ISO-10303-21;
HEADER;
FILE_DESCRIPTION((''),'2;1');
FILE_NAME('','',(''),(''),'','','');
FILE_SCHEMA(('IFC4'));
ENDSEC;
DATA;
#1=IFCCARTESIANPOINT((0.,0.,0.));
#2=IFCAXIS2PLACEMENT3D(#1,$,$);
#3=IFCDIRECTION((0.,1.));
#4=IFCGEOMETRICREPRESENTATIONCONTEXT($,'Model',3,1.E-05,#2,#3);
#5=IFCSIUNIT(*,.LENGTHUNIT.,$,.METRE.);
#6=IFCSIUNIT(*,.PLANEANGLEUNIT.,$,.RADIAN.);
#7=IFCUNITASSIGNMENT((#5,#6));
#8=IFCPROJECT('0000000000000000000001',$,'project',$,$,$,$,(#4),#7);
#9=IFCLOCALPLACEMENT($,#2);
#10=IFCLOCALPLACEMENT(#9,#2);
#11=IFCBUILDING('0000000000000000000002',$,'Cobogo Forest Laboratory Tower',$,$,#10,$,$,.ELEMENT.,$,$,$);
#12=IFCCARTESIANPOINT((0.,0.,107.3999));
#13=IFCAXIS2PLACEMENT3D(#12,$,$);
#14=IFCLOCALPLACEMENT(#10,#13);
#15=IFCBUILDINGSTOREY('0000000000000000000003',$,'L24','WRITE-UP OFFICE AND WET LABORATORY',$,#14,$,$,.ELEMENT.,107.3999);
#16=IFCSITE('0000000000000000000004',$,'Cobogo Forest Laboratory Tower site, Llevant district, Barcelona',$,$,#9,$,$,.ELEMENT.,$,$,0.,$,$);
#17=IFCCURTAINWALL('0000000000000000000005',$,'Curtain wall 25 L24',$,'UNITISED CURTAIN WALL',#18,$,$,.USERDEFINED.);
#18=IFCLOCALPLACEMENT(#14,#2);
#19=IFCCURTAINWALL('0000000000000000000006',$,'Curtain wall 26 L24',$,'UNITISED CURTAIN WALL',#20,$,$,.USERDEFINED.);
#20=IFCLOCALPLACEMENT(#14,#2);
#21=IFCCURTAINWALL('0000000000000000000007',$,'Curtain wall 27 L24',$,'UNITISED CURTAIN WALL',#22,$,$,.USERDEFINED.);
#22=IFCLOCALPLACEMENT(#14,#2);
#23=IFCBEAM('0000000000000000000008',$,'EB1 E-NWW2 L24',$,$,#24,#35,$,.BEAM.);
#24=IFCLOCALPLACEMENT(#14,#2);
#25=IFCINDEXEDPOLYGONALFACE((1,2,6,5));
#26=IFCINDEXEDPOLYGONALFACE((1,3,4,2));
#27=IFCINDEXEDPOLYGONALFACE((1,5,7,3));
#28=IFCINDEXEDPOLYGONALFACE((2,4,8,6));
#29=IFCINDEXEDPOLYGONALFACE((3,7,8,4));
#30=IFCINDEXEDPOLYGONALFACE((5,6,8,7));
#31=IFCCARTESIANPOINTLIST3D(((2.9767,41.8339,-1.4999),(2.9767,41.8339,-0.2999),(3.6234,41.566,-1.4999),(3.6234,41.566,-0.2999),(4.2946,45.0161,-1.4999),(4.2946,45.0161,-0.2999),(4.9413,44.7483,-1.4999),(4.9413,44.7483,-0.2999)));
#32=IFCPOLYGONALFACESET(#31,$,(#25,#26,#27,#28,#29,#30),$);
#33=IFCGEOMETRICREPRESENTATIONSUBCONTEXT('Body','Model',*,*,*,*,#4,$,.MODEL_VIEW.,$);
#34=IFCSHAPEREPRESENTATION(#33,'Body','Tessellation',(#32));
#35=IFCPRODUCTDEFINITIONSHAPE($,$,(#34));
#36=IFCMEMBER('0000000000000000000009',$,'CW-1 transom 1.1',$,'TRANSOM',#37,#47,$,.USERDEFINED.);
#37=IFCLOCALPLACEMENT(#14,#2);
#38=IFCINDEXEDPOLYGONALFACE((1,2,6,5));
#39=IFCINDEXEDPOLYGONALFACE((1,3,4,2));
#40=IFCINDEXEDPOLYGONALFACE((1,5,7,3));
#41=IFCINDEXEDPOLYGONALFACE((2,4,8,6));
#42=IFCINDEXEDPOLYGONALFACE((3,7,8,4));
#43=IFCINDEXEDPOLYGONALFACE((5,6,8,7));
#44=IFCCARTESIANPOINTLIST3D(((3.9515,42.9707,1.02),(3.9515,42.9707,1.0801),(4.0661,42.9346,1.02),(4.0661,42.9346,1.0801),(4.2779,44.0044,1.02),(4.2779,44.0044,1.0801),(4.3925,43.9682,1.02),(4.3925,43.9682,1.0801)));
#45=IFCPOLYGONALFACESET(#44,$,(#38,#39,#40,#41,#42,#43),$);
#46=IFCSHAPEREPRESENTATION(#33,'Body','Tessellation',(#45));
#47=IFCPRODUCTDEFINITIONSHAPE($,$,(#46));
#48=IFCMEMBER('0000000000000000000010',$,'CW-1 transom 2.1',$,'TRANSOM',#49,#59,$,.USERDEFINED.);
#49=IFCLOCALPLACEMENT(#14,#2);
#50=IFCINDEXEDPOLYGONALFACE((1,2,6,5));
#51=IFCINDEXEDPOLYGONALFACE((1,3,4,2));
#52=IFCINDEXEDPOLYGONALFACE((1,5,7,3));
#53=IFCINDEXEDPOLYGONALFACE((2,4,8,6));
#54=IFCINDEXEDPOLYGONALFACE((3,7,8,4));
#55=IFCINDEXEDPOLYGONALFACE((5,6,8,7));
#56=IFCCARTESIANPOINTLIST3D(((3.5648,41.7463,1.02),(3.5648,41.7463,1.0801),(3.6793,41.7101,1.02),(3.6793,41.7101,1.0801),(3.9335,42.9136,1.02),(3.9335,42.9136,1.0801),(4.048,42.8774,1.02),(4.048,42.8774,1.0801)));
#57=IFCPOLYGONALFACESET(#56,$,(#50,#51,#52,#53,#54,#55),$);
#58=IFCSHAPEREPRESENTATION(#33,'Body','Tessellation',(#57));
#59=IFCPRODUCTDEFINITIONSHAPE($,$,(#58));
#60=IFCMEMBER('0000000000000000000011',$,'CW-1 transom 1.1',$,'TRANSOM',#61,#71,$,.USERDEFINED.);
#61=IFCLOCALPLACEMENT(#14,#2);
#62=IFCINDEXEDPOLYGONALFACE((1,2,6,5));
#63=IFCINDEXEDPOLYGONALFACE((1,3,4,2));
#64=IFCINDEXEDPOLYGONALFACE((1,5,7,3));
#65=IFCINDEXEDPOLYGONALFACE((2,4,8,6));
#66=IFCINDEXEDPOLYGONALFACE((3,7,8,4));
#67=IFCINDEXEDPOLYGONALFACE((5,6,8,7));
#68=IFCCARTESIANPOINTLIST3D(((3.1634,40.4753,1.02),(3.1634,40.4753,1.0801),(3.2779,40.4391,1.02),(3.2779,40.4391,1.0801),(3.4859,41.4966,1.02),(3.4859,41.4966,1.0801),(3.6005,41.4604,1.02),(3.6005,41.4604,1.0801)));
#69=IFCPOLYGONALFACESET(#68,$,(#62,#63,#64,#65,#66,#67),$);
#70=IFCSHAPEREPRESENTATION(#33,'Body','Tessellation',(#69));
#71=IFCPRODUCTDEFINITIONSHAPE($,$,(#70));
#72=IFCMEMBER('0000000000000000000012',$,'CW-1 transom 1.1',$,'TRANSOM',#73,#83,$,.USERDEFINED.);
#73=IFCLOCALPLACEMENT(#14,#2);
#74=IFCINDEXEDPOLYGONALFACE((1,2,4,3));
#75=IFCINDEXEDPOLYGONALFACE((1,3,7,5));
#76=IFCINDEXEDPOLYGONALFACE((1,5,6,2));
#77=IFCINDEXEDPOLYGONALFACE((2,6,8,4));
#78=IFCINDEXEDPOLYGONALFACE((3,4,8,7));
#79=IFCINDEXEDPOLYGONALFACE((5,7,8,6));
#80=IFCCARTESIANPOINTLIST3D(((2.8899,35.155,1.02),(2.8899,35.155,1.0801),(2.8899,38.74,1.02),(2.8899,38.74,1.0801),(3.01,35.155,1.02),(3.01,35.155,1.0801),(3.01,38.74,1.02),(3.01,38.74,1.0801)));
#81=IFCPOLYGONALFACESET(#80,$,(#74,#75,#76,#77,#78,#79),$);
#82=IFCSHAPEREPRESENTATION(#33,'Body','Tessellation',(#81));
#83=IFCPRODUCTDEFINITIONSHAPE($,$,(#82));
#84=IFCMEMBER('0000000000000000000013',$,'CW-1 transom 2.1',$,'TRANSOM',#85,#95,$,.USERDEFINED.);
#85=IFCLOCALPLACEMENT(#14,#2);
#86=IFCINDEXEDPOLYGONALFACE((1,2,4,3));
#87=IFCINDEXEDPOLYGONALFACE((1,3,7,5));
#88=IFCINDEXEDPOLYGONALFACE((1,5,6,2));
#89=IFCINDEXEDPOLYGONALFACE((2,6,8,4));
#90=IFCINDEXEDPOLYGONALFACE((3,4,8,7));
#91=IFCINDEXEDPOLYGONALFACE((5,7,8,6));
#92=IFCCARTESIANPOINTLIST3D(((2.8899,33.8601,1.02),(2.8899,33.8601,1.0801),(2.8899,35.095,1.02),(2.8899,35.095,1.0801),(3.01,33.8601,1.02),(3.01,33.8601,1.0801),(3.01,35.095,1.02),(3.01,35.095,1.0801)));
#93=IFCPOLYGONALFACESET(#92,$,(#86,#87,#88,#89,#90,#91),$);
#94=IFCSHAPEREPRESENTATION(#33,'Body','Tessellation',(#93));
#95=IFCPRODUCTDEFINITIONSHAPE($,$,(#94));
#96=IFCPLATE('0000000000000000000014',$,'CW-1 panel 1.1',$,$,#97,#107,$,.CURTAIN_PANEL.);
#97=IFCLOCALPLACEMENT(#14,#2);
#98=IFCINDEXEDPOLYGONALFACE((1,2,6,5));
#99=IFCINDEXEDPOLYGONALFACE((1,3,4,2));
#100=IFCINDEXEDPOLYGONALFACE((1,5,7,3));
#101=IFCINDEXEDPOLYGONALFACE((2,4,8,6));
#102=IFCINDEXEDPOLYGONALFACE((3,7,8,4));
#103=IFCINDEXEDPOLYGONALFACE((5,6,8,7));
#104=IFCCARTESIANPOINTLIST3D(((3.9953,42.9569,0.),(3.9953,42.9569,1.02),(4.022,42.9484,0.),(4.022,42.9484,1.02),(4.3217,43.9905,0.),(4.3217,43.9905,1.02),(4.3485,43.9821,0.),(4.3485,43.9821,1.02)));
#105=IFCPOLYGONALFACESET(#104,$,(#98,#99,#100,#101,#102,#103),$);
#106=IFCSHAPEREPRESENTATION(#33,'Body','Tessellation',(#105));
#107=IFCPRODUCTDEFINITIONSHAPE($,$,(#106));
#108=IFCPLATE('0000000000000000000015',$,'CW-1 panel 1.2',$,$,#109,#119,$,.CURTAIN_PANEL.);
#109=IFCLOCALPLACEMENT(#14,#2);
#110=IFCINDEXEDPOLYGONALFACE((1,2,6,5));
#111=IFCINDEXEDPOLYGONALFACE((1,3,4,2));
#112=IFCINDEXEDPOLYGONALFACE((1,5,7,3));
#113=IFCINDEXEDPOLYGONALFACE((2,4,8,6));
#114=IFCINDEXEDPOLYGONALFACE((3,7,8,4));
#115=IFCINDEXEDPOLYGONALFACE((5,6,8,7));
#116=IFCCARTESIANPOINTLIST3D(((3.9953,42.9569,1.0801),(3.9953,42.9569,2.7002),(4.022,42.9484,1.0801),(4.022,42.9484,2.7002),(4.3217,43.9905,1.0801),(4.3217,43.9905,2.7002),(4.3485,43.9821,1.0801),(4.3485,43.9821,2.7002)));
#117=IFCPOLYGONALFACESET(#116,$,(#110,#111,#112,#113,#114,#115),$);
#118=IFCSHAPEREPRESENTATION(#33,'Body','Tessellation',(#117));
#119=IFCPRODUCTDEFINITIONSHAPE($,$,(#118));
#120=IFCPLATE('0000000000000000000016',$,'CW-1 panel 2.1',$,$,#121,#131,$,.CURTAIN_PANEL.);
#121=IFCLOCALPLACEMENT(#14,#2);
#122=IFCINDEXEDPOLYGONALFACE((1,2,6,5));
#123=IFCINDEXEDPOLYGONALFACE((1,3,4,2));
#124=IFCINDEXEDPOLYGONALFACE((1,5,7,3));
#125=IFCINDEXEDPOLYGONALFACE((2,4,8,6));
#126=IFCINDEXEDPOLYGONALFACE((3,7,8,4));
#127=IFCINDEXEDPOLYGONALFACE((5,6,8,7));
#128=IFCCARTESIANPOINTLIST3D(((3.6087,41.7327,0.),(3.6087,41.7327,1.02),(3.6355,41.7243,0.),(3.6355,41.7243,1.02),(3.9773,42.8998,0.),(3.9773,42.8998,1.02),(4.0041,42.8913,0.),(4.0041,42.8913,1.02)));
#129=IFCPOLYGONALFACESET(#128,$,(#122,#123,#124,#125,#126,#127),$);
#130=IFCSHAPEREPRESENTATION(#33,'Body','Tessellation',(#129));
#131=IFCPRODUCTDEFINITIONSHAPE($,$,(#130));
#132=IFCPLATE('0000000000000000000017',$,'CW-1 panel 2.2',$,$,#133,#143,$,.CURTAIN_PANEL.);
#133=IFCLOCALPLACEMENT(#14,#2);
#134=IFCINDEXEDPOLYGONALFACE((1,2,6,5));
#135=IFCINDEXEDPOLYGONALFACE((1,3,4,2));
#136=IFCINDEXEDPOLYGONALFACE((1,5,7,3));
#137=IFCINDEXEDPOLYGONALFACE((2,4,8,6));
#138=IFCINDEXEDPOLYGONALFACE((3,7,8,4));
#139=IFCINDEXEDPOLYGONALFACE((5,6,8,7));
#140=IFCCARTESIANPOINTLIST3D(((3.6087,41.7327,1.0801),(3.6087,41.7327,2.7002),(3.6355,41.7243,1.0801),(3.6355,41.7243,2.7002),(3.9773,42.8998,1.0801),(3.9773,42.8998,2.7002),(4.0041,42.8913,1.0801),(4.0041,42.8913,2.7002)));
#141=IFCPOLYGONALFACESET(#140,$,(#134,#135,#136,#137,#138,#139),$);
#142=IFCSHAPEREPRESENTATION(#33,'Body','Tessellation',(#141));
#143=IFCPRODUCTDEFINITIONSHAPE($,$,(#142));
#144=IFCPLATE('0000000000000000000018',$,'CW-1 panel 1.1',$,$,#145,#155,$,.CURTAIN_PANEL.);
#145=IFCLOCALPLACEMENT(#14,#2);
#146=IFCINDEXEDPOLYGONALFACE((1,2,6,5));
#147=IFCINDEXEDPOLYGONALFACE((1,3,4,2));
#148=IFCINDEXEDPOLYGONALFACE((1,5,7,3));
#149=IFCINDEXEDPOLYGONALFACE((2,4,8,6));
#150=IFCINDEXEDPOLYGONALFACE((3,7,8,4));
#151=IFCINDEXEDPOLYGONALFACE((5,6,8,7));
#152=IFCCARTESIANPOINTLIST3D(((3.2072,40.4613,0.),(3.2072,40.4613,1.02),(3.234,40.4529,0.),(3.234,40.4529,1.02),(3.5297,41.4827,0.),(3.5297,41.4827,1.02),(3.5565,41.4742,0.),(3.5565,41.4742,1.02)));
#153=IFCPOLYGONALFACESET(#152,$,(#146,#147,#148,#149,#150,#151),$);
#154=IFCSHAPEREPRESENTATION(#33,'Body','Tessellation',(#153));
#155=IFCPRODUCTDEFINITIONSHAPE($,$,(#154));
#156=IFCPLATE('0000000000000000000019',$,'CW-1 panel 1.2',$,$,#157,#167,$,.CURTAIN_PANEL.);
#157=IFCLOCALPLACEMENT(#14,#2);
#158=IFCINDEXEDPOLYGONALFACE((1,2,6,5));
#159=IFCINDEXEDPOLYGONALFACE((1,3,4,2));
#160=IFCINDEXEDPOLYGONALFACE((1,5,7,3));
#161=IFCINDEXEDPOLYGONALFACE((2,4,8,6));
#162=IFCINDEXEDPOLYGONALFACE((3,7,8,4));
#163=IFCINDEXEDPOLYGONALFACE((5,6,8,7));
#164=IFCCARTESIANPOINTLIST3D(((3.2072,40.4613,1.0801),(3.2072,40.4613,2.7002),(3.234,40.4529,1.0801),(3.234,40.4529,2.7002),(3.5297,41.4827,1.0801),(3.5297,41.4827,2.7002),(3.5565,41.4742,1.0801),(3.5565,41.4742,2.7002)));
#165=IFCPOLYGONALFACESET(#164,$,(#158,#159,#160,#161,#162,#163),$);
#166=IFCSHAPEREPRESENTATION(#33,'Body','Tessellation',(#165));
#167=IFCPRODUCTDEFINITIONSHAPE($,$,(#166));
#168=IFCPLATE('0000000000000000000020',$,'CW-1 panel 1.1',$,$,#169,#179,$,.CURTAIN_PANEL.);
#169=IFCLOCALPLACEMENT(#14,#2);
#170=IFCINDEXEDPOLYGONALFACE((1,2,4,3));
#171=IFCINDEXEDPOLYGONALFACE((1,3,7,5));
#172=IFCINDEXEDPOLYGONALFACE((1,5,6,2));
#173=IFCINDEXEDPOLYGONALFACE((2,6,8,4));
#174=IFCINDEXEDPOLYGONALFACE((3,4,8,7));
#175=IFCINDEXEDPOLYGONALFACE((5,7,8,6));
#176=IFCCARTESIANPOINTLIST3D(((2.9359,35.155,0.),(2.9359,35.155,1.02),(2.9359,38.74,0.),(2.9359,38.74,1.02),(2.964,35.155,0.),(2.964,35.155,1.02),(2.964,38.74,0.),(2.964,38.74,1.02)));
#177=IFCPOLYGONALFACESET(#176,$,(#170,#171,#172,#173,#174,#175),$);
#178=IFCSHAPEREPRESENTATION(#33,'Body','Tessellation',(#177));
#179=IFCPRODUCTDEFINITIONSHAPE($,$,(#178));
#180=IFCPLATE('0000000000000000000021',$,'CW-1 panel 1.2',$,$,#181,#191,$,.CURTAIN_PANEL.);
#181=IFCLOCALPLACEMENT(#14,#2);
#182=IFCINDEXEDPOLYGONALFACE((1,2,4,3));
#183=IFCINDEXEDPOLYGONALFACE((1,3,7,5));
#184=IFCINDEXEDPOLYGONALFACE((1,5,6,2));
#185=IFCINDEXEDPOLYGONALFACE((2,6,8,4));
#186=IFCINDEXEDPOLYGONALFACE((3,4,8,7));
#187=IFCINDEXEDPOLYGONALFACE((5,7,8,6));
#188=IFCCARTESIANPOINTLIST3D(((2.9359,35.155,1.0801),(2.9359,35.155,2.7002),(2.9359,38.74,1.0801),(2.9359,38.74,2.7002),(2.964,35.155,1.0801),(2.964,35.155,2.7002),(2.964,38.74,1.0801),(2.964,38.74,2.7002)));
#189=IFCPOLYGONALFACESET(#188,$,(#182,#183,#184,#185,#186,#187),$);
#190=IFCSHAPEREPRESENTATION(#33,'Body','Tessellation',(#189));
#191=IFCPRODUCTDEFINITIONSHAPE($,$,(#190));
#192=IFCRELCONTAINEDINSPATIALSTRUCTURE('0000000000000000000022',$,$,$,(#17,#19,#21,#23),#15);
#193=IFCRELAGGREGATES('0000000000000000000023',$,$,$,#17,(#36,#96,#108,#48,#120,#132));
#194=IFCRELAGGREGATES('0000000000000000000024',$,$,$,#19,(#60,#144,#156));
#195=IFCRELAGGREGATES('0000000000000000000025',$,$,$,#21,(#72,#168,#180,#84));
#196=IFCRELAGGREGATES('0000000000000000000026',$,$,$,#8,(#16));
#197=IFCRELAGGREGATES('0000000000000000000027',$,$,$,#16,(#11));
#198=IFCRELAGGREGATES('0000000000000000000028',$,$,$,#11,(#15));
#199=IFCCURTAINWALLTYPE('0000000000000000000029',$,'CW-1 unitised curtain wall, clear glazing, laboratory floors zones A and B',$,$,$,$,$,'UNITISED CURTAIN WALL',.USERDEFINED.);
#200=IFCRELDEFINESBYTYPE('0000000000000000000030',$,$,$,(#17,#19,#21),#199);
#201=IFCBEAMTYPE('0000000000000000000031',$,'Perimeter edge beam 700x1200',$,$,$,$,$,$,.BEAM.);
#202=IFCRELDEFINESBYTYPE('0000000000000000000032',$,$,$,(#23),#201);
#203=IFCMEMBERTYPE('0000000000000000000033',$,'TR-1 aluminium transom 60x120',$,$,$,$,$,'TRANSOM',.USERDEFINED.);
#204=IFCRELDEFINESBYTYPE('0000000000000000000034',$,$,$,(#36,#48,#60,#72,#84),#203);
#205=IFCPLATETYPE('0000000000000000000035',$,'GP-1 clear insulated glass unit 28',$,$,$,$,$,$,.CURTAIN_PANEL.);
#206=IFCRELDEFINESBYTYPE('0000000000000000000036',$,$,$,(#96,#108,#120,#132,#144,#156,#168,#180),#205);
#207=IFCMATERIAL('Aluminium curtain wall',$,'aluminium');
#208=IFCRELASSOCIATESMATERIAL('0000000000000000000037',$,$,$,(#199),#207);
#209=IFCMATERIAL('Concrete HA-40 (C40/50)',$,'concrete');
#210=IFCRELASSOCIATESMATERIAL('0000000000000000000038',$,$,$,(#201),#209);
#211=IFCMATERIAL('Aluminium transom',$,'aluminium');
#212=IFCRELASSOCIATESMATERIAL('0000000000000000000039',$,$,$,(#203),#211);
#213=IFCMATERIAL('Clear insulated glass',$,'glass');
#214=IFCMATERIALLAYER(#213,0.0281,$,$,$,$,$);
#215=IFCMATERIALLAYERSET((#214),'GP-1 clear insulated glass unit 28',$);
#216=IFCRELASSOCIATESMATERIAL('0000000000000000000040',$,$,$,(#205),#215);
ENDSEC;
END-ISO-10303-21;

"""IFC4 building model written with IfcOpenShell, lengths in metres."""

from ifc_helpers import new_model, si_unit, direction, frame, origin, origin_2d, place, context, subcontext, project, spatial, rectangle, extrude, material, layer, layer_set, material_profile, profile_set, type_object, element, aggregate, save


model = new_model("IFC4")

# Units and contexts
model_context = context("Model", 3, precision=1e-05, world=origin(), true_north=direction((0.0, 1.0)))
body_context = subcontext(model_context, "Body", "Model", "MODEL_VIEW")
ifc_project = project(units=[si_unit("LENGTHUNIT", "METRE"), si_unit("PLANEANGLEUNIT", "RADIAN")], contexts=[model_context])

# Site, building, storey
site_placement = place(None, origin())
site = spatial("IfcSite", under=ifc_project, at=site_placement, Name="Cobogo Forest Laboratory Tower site, Llevant district, Barcelona", CompositionType="ELEMENT", RefElevation=0.0)
building_placement = place(site_placement, origin())
building = spatial("IfcBuilding", under=site, at=building_placement, Name="Cobogo Forest Laboratory Tower", CompositionType="ELEMENT")
storey_placement = place(building_placement, frame((0.0, 0.0, 107.3999)))
storey = spatial("IfcBuildingStorey", under=building, at=storey_placement, Name="L24", Description="WRITE-UP OFFICE AND WET LABORATORY", CompositionType="ELEMENT", Elevation=107.3999)

# Shared definitions
ifc_material_1 = material(Name="Concrete HA-40 (C40/50)", Category="concrete")

# Curtain walls
ifc_material_2 = material(Name="Aluminium curtain wall", Category="aluminium")
curtain_wall_type = type_object("IfcCurtainWallType", Name="CW-1 unitised curtain wall, clear glazing, laboratory floors zones A and B", ElementType="UNITISED CURTAIN WALL", PredefinedType="USERDEFINED", material=ifc_material_2)
curtain_wall_1_placement = place(storey_placement, origin())
curtain_wall_1 = element("IfcCurtainWall", 1, at=curtain_wall_1_placement, inside=storey, type_object=curtain_wall_type, Name="Curtain wall 25 L24", ObjectType="UNITISED CURTAIN WALL", PredefinedType="USERDEFINED")
curtain_wall_2_placement = place(storey_placement, origin())
curtain_wall_2 = element("IfcCurtainWall", 2, at=curtain_wall_2_placement, inside=storey, type_object=curtain_wall_type, Name="Curtain wall 26 L24", ObjectType="UNITISED CURTAIN WALL", PredefinedType="USERDEFINED")
curtain_wall_3_placement = place(storey_placement, origin())
curtain_wall_3 = element("IfcCurtainWall", 3, at=curtain_wall_3_placement, inside=storey, type_object=curtain_wall_type, Name="Curtain wall 27 L24", ObjectType="UNITISED CURTAIN WALL", PredefinedType="USERDEFINED")

# Beam
ifc_material_profile_1 = material_profile(ifc_material_1, rectangle(XDim=0.7, YDim=1.2, at=origin_2d()), Name="RC 700x1200")
ifc_profile_set_1 = profile_set([ifc_material_profile_1], Name="Concrete HA-40 (C40/50)")
beam_type_1 = type_object("IfcBeamType", Name="Perimeter edge beam 700x1200", PredefinedType="BEAM", material=ifc_profile_set_1)
beam_1_placement = place(storey_placement, frame((3.3, 41.7, -0.8999), z_axis=(0.382631, 0.923901, 0.0), x_axis=(-0.923901, 0.382631, 0.0)))
element("IfcBeam", 4, at=beam_1_placement, inside=storey, type_object=beam_type_1, Name="EB1 E-NWW2 L24", PredefinedType="BEAM", context=body_context, shape_type="SweptSolid", body=[
    extrude(rectangle(XDim=0.7, YDim=1.2, at=origin_2d()), origin(), (0.0, 0.0, 1.0), 3.4443),
])

# Members
ifc_material_3 = material(Name="Aluminium transom", Category="aluminium")
ifc_material_profile_2 = material_profile(ifc_material_3, rectangle(XDim=0.1201, YDim=0.0601, at=origin_2d()), Name="AL 60x120")
ifc_profile_set_2 = profile_set([ifc_material_profile_2], Name="Aluminium transom")
member_type_1 = type_object("IfcMemberType", Name="TR-1 aluminium transom 60x120", ElementType="TRANSOM", PredefinedType="USERDEFINED", material=ifc_profile_set_2)
member_1_placement = place(storey_placement, frame((4.3352, 43.9863, 1.05), z_axis=(-0.301121, -0.953586, 0.0), x_axis=(0.953586, -0.301121, 0.0)))
member_1 = element("IfcMember", 5, at=member_1_placement, type_object=member_type_1, Name="CW-1 transom 1.1", ObjectType="TRANSOM", PredefinedType="USERDEFINED", context=body_context, shape_type="SweptSolid", body=[
    extrude(rectangle(XDim=0.1201, YDim=0.0601, at=origin_2d()), origin(), (0.0, 0.0, 1.0), 1.084),
])
member_2_placement = place(storey_placement, frame((3.9907, 42.8955, 1.05), z_axis=(-0.30117, -0.953571, 0.0), x_axis=(0.953571, -0.30117, 0.0)))
member_2 = element("IfcMember", 6, at=member_2_placement, type_object=member_type_1, Name="CW-1 transom 2.1", ObjectType="TRANSOM", PredefinedType="USERDEFINED", context=body_context, shape_type="SweptSolid", body=[
    extrude(rectangle(XDim=0.1201, YDim=0.0601, at=origin_2d()), origin(), (0.0, 0.0, 1.0), 1.2241),
])
member_3_placement = place(storey_placement, frame((3.5432, 41.4785, 1.05), z_axis=(-0.301142, -0.953579, 0.0), x_axis=(0.953579, -0.301142, 0.0)))
member_3 = element("IfcMember", 7, at=member_3_placement, type_object=member_type_1, Name="CW-1 transom 1.1", ObjectType="TRANSOM", PredefinedType="USERDEFINED", context=body_context, shape_type="SweptSolid", body=[
    extrude(rectangle(XDim=0.1201, YDim=0.0601, at=origin_2d()), origin(), (0.0, 0.0, 1.0), 1.071),
])
member_4_placement = place(storey_placement, frame((2.95, 38.74, 1.05), z_axis=(0.0, -1.0, 0.0), x_axis=(1.0, 0.0, 0.0)))
member_4 = element("IfcMember", 8, at=member_4_placement, type_object=member_type_1, Name="CW-1 transom 1.1", ObjectType="TRANSOM", PredefinedType="USERDEFINED", context=body_context, shape_type="SweptSolid", body=[
    extrude(rectangle(XDim=0.1201, YDim=0.0601, at=origin_2d()), origin(), (0.0, 0.0, 1.0), 3.585),
])
member_5_placement = place(storey_placement, frame((2.95, 35.095, 1.05), z_axis=(0.0, -1.0, 0.0), x_axis=(1.0, 0.0, 0.0)))
member_5 = element("IfcMember", 9, at=member_5_placement, type_object=member_type_1, Name="CW-1 transom 2.1", ObjectType="TRANSOM", PredefinedType="USERDEFINED", context=body_context, shape_type="SweptSolid", body=[
    extrude(rectangle(XDim=0.1201, YDim=0.0601, at=origin_2d()), origin(), (0.0, 0.0, 1.0), 1.2349),
])

# Plates
ifc_material_4 = material(Name="Clear insulated glass", Category="glass")
ifc_layer_1 = layer(ifc_material_4, 0.0281)
ifc_layer_set_1 = layer_set([ifc_layer_1], Name="GP-1 clear insulated glass unit 28")
plate_type_1 = type_object("IfcPlateType", Name="GP-1 clear insulated glass unit 28", PredefinedType="CURTAIN_PANEL", material=ifc_layer_set_1)
plate_1_placement = place(storey_placement, frame((4.1719, 43.4695, 0.0), z_axis=(0.0, 0.0, 1.0), x_axis=(-0.301135, -0.953581, 0.0)))
plate_1 = element("IfcPlate", 10, at=plate_1_placement, type_object=plate_type_1, Name="CW-1 panel 1.1", PredefinedType="CURTAIN_PANEL", context=body_context, shape_type="SweptSolid", body=[
    extrude(rectangle(XDim=1.084, YDim=0.0281, at=origin_2d()), origin(), (0.0, 0.0, 1.0), 1.02),
])
plate_2_placement = place(storey_placement, frame((4.1719, 43.4695, 1.0801), z_axis=(0.0, 0.0, 1.0), x_axis=(-0.301135, -0.953581, 0.0)))
plate_2 = element("IfcPlate", 11, at=plate_2_placement, type_object=plate_type_1, Name="CW-1 panel 1.2", PredefinedType="CURTAIN_PANEL", context=body_context, shape_type="SweptSolid", body=[
    extrude(rectangle(XDim=1.084, YDim=0.0281, at=origin_2d()), origin(), (0.0, 0.0, 1.0), 1.6201),
])
plate_3_placement = place(storey_placement, frame((3.8064, 42.312, 0.0), z_axis=(0.0, 0.0, 1.0), x_axis=(-0.301135, -0.953581, 0.0)))
plate_3 = element("IfcPlate", 12, at=plate_3_placement, type_object=plate_type_1, Name="CW-1 panel 2.1", PredefinedType="CURTAIN_PANEL", context=body_context, shape_type="SweptSolid", body=[
    extrude(rectangle(XDim=1.2239, YDim=0.0281, at=origin_2d()), origin(), (0.0, 0.0, 1.0), 1.02),
])
plate_4_placement = place(storey_placement, frame((3.8064, 42.312, 1.0801), z_axis=(0.0, 0.0, 1.0), x_axis=(-0.301135, -0.953581, 0.0)))
plate_4 = element("IfcPlate", 13, at=plate_4_placement, type_object=plate_type_1, Name="CW-1 panel 2.2", PredefinedType="CURTAIN_PANEL", context=body_context, shape_type="SweptSolid", body=[
    extrude(rectangle(XDim=1.2239, YDim=0.0281, at=origin_2d()), origin(), (0.0, 0.0, 1.0), 1.6201),
])
aggregate(curtain_wall_1, [member_1, plate_1, plate_2, member_2, plate_3, plate_4])
plate_5_placement = place(storey_placement, frame((3.3818, 40.9678, 0.0), z_axis=(0.0, 0.0, 1.0), x_axis=(-0.301136, -0.953581, 0.0)))
plate_5 = element("IfcPlate", 14, at=plate_5_placement, type_object=plate_type_1, Name="CW-1 panel 1.1", PredefinedType="CURTAIN_PANEL", context=body_context, shape_type="SweptSolid", body=[
    extrude(rectangle(XDim=1.071, YDim=0.0281, at=origin_2d()), origin(), (0.0, 0.0, 1.0), 1.02),
])
plate_6_placement = place(storey_placement, frame((3.3818, 40.9678, 1.0801), z_axis=(0.0, 0.0, 1.0), x_axis=(-0.301136, -0.953581, 0.0)))
plate_6 = element("IfcPlate", 15, at=plate_6_placement, type_object=plate_type_1, Name="CW-1 panel 1.2", PredefinedType="CURTAIN_PANEL", context=body_context, shape_type="SweptSolid", body=[
    extrude(rectangle(XDim=1.071, YDim=0.0281, at=origin_2d()), origin(), (0.0, 0.0, 1.0), 1.6201),
])
aggregate(curtain_wall_2, [member_3, plate_5, plate_6])
plate_7_placement = place(storey_placement, frame((2.95, 36.9475, 0.0), z_axis=(0.0, 0.0, 1.0), x_axis=(0.0, -1.0, 0.0)))
plate_7 = element("IfcPlate", 16, at=plate_7_placement, type_object=plate_type_1, Name="CW-1 panel 1.1", PredefinedType="CURTAIN_PANEL", context=body_context, shape_type="SweptSolid", body=[
    extrude(rectangle(XDim=3.585, YDim=0.0281, at=origin_2d()), origin(), (0.0, 0.0, 1.0), 1.02),
])
plate_8_placement = place(storey_placement, frame((2.95, 36.9475, 1.0801), z_axis=(0.0, 0.0, 1.0), x_axis=(0.0, -1.0, 0.0)))
plate_8 = element("IfcPlate", 17, at=plate_8_placement, type_object=plate_type_1, Name="CW-1 panel 1.2", PredefinedType="CURTAIN_PANEL", context=body_context, shape_type="SweptSolid", body=[
    extrude(rectangle(XDim=3.585, YDim=0.0281, at=origin_2d()), origin(), (0.0, 0.0, 1.0), 1.6201),
])
aggregate(curtain_wall_3, [member_4, plate_7, plate_8, member_5])

save(model, "model.ifc")
